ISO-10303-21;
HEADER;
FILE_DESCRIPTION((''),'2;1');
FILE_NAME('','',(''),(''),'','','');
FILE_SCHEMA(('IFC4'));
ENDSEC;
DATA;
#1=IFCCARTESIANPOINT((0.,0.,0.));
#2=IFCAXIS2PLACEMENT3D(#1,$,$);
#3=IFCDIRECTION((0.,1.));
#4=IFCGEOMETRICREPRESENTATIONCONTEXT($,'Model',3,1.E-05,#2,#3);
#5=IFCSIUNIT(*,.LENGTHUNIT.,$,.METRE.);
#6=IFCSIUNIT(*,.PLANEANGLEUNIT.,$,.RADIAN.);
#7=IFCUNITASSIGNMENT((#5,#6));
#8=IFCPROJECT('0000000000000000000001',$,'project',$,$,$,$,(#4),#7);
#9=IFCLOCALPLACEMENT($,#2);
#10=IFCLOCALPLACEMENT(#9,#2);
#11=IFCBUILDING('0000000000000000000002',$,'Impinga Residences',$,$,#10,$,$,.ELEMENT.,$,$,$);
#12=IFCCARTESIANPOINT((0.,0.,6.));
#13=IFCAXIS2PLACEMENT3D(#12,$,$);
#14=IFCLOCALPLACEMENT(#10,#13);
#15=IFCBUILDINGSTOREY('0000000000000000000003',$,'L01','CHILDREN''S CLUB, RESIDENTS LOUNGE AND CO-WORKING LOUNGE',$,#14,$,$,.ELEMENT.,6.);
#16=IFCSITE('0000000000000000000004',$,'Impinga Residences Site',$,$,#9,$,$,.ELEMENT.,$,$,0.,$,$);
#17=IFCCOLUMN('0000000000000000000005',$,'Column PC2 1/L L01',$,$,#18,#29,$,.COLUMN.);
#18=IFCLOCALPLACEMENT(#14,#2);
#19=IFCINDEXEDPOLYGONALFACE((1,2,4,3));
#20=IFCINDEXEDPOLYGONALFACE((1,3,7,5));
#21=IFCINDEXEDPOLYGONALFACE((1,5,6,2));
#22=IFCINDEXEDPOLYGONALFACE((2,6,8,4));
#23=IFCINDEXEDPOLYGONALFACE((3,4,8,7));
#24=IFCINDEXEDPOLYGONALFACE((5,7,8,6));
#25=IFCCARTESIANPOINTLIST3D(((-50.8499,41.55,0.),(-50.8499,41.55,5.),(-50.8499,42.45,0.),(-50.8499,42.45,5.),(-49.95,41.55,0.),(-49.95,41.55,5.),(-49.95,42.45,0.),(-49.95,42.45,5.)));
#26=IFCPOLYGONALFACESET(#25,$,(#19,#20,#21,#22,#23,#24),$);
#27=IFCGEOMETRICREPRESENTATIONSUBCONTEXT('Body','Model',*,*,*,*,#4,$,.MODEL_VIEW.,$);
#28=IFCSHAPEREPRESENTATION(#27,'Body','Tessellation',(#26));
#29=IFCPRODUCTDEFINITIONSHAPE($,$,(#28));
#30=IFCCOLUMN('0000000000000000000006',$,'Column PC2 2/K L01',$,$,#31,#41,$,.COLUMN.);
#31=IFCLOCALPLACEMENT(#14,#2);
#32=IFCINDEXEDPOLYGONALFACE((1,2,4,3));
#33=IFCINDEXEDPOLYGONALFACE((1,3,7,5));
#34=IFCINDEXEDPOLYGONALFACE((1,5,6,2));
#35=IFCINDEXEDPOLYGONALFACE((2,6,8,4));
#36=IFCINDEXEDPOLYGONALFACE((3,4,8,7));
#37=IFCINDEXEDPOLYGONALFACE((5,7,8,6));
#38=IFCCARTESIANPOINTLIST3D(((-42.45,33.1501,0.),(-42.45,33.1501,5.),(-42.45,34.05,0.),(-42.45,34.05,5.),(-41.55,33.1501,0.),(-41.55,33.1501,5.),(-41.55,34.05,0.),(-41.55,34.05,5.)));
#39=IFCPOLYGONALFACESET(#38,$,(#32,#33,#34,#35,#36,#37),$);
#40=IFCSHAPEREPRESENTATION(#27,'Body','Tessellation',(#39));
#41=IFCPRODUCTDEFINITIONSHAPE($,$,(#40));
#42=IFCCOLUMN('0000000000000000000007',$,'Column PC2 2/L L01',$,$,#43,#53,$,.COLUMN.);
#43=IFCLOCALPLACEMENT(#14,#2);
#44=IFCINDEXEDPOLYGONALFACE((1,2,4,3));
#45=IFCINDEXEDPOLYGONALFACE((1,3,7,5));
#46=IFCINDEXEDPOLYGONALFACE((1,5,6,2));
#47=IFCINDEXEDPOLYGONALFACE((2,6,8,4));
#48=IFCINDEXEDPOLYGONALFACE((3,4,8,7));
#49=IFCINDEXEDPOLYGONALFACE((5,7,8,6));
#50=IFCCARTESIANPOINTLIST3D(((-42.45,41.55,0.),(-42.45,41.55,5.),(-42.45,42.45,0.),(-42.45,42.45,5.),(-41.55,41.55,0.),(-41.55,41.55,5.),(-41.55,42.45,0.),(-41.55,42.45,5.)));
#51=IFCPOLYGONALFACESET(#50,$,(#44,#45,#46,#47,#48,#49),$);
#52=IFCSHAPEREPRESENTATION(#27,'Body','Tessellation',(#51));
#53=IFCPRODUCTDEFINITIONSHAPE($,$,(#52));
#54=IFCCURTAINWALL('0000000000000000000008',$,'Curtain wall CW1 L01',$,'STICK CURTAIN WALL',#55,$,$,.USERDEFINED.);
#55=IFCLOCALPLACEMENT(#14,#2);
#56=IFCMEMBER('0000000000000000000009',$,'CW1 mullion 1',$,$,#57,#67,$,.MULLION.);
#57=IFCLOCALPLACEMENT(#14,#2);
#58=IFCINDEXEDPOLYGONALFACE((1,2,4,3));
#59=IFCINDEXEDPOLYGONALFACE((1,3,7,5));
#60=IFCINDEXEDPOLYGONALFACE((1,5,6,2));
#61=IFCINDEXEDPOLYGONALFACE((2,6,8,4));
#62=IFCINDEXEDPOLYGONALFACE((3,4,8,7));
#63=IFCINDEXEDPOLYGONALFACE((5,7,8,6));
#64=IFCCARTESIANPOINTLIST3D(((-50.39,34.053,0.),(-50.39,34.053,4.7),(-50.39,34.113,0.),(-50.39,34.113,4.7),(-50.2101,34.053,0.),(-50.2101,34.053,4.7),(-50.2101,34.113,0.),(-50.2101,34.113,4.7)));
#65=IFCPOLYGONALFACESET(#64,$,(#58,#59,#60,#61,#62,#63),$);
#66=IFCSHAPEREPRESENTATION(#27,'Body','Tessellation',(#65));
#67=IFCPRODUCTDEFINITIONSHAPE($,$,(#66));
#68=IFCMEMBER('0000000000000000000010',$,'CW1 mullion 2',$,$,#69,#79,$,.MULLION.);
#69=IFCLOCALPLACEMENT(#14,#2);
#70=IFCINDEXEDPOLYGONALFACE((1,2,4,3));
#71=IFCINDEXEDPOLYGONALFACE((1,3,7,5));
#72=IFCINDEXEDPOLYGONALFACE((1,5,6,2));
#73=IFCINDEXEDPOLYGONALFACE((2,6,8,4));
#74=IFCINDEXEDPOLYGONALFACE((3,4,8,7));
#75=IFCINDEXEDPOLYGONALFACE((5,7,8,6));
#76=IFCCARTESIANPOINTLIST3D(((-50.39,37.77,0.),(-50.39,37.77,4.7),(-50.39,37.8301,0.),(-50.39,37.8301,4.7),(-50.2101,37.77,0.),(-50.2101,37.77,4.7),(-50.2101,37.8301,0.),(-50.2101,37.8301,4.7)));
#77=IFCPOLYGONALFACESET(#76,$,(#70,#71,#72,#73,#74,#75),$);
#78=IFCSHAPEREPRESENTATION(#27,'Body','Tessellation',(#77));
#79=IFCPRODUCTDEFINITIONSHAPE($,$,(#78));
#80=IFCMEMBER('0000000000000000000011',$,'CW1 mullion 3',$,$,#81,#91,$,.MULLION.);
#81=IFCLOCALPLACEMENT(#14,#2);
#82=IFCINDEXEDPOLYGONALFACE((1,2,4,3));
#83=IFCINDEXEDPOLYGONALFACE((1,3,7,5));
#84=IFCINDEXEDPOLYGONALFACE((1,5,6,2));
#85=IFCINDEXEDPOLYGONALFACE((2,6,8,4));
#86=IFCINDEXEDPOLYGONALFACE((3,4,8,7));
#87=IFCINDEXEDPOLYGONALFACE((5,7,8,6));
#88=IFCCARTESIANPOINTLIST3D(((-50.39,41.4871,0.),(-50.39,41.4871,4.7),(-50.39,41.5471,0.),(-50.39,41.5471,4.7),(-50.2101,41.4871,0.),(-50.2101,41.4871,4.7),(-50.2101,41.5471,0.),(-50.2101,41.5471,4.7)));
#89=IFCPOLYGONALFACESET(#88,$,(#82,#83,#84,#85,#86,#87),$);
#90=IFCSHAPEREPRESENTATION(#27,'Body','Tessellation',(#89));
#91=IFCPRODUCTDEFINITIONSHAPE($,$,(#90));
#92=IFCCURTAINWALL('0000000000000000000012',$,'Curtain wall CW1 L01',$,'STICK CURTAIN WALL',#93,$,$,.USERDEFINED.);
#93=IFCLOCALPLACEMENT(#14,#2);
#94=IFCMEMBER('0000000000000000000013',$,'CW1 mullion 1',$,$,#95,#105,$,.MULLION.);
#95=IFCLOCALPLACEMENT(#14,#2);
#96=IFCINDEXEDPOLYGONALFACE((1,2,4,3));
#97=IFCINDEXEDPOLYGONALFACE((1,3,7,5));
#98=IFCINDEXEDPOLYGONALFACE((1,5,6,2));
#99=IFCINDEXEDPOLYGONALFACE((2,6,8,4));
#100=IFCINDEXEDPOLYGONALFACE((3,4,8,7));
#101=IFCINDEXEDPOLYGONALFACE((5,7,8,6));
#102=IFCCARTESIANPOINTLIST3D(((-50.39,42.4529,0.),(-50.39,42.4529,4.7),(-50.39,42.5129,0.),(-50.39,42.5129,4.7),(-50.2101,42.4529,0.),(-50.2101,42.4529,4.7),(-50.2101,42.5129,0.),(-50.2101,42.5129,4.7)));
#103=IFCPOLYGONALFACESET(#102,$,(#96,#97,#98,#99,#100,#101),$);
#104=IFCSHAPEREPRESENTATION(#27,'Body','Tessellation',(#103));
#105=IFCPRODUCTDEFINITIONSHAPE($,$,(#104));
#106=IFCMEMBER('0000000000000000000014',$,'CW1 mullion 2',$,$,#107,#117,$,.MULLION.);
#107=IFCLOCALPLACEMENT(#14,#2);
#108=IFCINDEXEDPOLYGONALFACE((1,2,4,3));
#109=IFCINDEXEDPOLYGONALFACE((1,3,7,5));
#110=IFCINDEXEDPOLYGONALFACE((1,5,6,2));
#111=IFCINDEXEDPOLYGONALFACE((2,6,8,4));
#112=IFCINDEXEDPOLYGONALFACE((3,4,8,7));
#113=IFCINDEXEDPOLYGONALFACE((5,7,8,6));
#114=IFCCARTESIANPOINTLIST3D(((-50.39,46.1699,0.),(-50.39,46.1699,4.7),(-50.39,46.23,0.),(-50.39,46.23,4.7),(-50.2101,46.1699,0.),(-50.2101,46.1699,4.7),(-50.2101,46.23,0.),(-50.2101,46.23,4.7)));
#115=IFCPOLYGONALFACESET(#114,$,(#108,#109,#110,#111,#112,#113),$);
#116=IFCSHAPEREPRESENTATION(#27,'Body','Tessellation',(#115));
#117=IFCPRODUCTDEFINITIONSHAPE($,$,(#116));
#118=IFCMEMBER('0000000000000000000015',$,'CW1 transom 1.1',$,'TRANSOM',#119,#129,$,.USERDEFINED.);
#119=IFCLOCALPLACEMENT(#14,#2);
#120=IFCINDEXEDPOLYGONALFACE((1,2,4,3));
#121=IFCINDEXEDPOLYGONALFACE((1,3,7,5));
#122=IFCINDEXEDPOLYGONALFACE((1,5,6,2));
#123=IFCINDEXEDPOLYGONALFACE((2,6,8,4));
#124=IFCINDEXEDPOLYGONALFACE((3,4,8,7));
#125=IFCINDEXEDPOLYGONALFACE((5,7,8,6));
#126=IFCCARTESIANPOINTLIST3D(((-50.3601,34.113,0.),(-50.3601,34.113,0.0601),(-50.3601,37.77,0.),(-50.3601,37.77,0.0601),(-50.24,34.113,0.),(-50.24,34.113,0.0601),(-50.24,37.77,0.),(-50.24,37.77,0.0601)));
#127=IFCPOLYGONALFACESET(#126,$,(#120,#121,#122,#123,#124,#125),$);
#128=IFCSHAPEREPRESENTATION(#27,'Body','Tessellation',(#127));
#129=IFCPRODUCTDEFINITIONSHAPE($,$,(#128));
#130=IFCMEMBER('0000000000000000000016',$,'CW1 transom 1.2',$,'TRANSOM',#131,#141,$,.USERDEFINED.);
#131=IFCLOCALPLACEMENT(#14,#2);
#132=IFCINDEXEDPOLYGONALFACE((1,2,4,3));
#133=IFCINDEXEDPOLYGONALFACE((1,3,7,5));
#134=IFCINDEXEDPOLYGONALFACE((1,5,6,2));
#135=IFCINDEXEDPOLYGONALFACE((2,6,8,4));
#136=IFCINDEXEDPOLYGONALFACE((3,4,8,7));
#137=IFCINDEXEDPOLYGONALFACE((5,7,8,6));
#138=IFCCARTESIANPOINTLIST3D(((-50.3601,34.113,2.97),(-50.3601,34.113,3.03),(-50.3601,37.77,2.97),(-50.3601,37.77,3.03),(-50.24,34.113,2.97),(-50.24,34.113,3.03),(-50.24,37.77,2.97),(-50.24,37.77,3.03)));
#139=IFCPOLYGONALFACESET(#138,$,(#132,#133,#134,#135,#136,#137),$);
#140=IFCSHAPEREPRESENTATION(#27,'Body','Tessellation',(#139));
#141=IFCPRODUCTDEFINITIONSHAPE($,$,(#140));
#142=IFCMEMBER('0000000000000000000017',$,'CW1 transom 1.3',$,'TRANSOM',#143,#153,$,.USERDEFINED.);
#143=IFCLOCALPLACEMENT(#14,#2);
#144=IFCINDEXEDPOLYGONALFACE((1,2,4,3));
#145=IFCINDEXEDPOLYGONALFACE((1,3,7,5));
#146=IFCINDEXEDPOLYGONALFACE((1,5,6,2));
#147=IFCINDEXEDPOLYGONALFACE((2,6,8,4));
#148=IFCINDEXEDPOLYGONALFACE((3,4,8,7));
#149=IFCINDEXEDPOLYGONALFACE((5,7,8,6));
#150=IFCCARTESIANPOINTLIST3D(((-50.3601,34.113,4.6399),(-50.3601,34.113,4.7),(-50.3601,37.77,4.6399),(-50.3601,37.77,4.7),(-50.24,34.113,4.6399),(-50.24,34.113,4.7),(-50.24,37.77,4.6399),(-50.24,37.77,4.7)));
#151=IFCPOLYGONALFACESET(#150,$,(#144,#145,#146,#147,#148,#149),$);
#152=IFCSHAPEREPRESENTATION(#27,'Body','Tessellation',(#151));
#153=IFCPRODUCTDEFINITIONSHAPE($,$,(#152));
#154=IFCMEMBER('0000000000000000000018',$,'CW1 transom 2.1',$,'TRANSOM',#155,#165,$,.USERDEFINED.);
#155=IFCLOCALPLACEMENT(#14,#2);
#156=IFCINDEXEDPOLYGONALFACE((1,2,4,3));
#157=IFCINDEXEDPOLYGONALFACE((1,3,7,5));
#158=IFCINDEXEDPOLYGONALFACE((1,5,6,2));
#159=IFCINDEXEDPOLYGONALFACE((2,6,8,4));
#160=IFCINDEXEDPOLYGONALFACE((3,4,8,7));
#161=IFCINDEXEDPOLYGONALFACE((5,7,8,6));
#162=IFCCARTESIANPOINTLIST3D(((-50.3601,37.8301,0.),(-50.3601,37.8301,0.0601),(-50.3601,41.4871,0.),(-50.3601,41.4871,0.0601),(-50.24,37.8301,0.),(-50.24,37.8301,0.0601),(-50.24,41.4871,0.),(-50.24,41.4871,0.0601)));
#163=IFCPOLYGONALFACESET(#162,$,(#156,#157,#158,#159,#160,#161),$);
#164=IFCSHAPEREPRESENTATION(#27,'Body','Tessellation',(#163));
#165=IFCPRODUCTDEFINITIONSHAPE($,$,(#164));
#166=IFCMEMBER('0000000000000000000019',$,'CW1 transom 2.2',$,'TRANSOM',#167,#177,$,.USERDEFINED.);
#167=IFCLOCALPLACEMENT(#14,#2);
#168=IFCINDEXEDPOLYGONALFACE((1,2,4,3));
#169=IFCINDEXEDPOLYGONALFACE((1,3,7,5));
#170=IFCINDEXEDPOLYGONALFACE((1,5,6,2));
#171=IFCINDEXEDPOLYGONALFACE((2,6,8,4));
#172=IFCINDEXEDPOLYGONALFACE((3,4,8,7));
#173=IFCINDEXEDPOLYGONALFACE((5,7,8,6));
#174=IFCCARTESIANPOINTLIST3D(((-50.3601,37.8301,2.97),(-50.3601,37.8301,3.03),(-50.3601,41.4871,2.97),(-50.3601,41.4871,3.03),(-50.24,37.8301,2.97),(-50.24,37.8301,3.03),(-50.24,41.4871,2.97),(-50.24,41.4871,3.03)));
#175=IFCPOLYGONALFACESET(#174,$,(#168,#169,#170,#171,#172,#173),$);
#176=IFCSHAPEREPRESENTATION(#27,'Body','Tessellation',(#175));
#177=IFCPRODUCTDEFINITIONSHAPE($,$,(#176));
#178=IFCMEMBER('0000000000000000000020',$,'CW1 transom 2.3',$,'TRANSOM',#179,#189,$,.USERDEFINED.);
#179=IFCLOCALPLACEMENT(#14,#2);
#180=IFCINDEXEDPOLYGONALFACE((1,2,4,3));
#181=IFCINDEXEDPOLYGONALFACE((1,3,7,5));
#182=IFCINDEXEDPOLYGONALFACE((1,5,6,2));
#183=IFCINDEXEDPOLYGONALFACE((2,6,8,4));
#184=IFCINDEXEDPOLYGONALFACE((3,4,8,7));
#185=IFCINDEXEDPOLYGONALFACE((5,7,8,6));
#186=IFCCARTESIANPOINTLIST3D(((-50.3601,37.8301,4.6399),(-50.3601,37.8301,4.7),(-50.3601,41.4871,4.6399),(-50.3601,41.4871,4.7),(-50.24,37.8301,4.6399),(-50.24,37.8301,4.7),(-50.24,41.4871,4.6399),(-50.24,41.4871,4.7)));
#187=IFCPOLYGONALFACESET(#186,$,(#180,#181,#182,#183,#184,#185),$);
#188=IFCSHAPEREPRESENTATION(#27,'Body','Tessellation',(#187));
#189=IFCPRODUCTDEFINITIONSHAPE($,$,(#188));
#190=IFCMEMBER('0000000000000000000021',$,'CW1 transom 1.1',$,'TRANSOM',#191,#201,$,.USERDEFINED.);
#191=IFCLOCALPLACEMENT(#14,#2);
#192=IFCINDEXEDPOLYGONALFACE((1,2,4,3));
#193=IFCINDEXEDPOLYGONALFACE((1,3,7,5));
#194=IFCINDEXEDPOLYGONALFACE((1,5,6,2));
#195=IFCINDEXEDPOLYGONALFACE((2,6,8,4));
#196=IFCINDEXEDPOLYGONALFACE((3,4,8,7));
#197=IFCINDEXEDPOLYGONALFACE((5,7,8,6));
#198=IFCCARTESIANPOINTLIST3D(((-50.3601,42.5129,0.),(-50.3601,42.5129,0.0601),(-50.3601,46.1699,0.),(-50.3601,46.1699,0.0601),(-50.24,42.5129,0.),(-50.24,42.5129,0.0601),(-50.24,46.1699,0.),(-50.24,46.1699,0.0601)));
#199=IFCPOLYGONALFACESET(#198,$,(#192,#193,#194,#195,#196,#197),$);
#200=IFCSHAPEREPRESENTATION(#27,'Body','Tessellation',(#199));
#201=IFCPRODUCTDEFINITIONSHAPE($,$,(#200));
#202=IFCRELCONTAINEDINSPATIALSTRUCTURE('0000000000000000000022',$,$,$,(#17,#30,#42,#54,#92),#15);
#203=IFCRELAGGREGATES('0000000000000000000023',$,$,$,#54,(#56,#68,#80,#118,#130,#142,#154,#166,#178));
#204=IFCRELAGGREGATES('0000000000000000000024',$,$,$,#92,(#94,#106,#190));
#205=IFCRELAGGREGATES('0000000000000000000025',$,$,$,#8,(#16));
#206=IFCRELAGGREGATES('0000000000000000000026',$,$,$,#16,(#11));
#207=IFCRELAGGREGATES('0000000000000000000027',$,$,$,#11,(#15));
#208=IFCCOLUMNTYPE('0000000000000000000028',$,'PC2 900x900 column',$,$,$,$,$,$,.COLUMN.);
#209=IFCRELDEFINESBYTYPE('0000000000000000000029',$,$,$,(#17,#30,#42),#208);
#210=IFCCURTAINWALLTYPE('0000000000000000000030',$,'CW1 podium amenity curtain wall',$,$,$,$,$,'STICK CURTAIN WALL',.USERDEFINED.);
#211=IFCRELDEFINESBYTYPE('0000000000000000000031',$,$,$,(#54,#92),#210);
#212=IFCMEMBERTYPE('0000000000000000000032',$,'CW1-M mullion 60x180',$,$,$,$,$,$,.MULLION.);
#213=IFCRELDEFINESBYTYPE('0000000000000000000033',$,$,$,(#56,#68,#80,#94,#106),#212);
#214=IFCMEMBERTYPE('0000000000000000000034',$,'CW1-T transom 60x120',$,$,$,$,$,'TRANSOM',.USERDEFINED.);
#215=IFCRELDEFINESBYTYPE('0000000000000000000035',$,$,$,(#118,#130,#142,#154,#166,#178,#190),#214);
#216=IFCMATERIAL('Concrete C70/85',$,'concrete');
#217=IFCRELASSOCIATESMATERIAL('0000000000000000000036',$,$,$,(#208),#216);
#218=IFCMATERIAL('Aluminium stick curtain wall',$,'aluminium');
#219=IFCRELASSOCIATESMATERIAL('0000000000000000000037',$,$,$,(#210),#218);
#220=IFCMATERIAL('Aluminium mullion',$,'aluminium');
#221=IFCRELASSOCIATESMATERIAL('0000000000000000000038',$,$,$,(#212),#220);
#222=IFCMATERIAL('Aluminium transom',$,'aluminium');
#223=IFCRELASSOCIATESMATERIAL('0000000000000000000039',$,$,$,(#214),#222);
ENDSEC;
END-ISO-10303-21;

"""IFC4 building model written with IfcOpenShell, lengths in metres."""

from ifc_helpers import new_model, si_unit, direction, frame, origin, origin_2d, place, context, subcontext, project, spatial, rectangle, extrude, material, material_profile, profile_set, type_object, element, aggregate, save


model = new_model("IFC4")

# Units and contexts
model_context = context("Model", 3, precision=1e-05, world=origin(), true_north=direction((0.0, 1.0)))
body_context = subcontext(model_context, "Body", "Model", "MODEL_VIEW")
ifc_project = project(units=[si_unit("LENGTHUNIT", "METRE"), si_unit("PLANEANGLEUNIT", "RADIAN")], contexts=[model_context])

# Site, building, storey
site_placement = place(None, origin())
site = spatial("IfcSite", under=ifc_project, at=site_placement, Name="Impinga Residences Site", CompositionType="ELEMENT", RefElevation=0.0)
building_placement = place(site_placement, origin())
building = spatial("IfcBuilding", under=site, at=building_placement, Name="Impinga Residences", CompositionType="ELEMENT")
storey_placement = place(building_placement, frame((0.0, 0.0, 6.0)))
storey = spatial("IfcBuildingStorey", under=building, at=storey_placement, Name="L01", Description="CHILDREN'S CLUB, RESIDENTS LOUNGE AND CO-WORKING LOUNGE", CompositionType="ELEMENT", Elevation=6.0)

# Columns
ifc_material_1 = material(Name="Concrete C70/85", Category="concrete")
ifc_material_profile_1 = material_profile(ifc_material_1, rectangle(XDim=0.8999, YDim=0.8999, at=origin_2d()), Name="RC 900x900")
ifc_profile_set_1 = profile_set([ifc_material_profile_1], Name="Concrete C70/85")
column_type = type_object("IfcColumnType", Name="PC2 900x900 column", PredefinedType="COLUMN", material=ifc_profile_set_1)
for number, where, z_axis, x_axis, name in (
    (1, (-50.3999, 42.0, 0.0), (0.0, 0.0, 1.0), (1.0, 0.0, 0.0), "Column PC2 1/L L01"),
    (2, (-42.0, 33.6001, 0.0), (0.0, 0.0, 1.0), (1.0, 0.0, 0.0), "Column PC2 2/K L01"),
    (3, (-42.0, 42.0, 0.0), (0.0, 0.0, 1.0), (1.0, 0.0, 0.0), "Column PC2 2/L L01"),
):
    element("IfcColumn", number, at=place(storey_placement, frame(where, z_axis=z_axis, x_axis=x_axis)), inside=storey, type_object=column_type, Name=name, PredefinedType="COLUMN", context=body_context, shape_type="SweptSolid", body=[
        extrude(rectangle(XDim=0.8999, YDim=0.8999, at=origin_2d()), origin(), (0.0, 0.0, 1.0), 5.0),
    ])

# Curtain walls, members
ifc_material_2 = material(Name="Aluminium stick curtain wall", Category="aluminium")
curtain_wall_type = type_object("IfcCurtainWallType", Name="CW1 podium amenity curtain wall", ElementType="STICK CURTAIN WALL", PredefinedType="USERDEFINED", material=ifc_material_2)
curtain_wall_1_placement = place(storey_placement, origin())
curtain_wall_1 = element("IfcCurtainWall", 4, at=curtain_wall_1_placement, inside=storey, type_object=curtain_wall_type, Name="Curtain wall CW1 L01", ObjectType="STICK CURTAIN WALL", PredefinedType="USERDEFINED")
ifc_material_3 = material(Name="Aluminium mullion", Category="aluminium")
ifc_material_profile_2 = material_profile(ifc_material_3, rectangle(XDim=0.0601, YDim=0.1799, at=origin_2d()), Name="60x180 mullion")
ifc_profile_set_2 = profile_set([ifc_material_profile_2], Name="Aluminium mullion")
member_type_1 = type_object("IfcMemberType", Name="CW1-M mullion 60x180", PredefinedType="MULLION", material=ifc_profile_set_2)
member_1_placement = place(storey_placement, frame((-50.3, 34.083, 0.0), z_axis=(0.0, 0.0, 1.0), x_axis=(0.0, 1.0, 0.0)))
member_1 = element("IfcMember", 5, at=member_1_placement, type_object=member_type_1, Name="CW1 mullion 1", PredefinedType="MULLION", context=body_context, shape_type="SweptSolid", body=[
    extrude(rectangle(XDim=0.0601, YDim=0.1799, at=origin_2d()), origin(), (0.0, 0.0, 1.0), 4.7),
])
member_2_placement = place(storey_placement, frame((-50.3, 37.8, 0.0), z_axis=(0.0, 0.0, 1.0), x_axis=(0.0, 1.0, 0.0)))
member_2 = element("IfcMember", 6, at=member_2_placement, type_object=member_type_1, Name="CW1 mullion 2", PredefinedType="MULLION", context=body_context, shape_type="SweptSolid", body=[
    extrude(rectangle(XDim=0.0601, YDim=0.1799, at=origin_2d()), origin(), (0.0, 0.0, 1.0), 4.7),
])
member_3_placement = place(storey_placement, frame((-50.3, 41.5171, 0.0), z_axis=(0.0, 0.0, 1.0), x_axis=(0.0, 1.0, 0.0)))
member_3 = element("IfcMember", 7, at=member_3_placement, type_object=member_type_1, Name="CW1 mullion 3", PredefinedType="MULLION", context=body_context, shape_type="SweptSolid", body=[
    extrude(rectangle(XDim=0.0601, YDim=0.1799, at=origin_2d()), origin(), (0.0, 0.0, 1.0), 4.7),
])
curtain_wall_2_placement = place(storey_placement, origin())
curtain_wall_2 = element("IfcCurtainWall", 8, at=curtain_wall_2_placement, inside=storey, type_object=curtain_wall_type, Name="Curtain wall CW1 L01", ObjectType="STICK CURTAIN WALL", PredefinedType="USERDEFINED")
member_4_placement = place(storey_placement, frame((-50.3, 42.4829, 0.0), z_axis=(0.0, 0.0, 1.0), x_axis=(0.0, 1.0, 0.0)))
member_4 = element("IfcMember", 9, at=member_4_placement, type_object=member_type_1, Name="CW1 mullion 1", PredefinedType="MULLION", context=body_context, shape_type="SweptSolid", body=[
    extrude(rectangle(XDim=0.0601, YDim=0.1799, at=origin_2d()), origin(), (0.0, 0.0, 1.0), 4.7),
])
member_5_placement = place(storey_placement, frame((-50.3, 46.2, 0.0), z_axis=(0.0, 0.0, 1.0), x_axis=(0.0, 1.0, 0.0)))
member_5 = element("IfcMember", 10, at=member_5_placement, type_object=member_type_1, Name="CW1 mullion 2", PredefinedType="MULLION", context=body_context, shape_type="SweptSolid", body=[
    extrude(rectangle(XDim=0.0601, YDim=0.1799, at=origin_2d()), origin(), (0.0, 0.0, 1.0), 4.7),
])

# Members
ifc_material_4 = material(Name="Aluminium transom", Category="aluminium")
ifc_material_profile_3 = material_profile(ifc_material_4, rectangle(XDim=0.0601, YDim=0.1201, at=origin_2d()), Name="60x120 transom")
ifc_profile_set_3 = profile_set([ifc_material_profile_3], Name="Aluminium transom")
member_type_2 = type_object("IfcMemberType", Name="CW1-T transom 60x120", ElementType="TRANSOM", PredefinedType="USERDEFINED", material=ifc_profile_set_3)
member_6_placement = place(storey_placement, frame((-50.3, 34.113, 0.03), z_axis=(0.0, 1.0, 0.0), x_axis=(0.0, 0.0, 1.0)))
member_6 = element("IfcMember", 11, at=member_6_placement, type_object=member_type_2, Name="CW1 transom 1.1", ObjectType="TRANSOM", PredefinedType="USERDEFINED", context=body_context, shape_type="SweptSolid", body=[
    extrude(rectangle(XDim=0.0601, YDim=0.1201, at=origin_2d()), origin(), (0.0, 0.0, 1.0), 3.657),
])
member_7_placement = place(storey_placement, frame((-50.3, 34.113, 3.0), z_axis=(0.0, 1.0, 0.0), x_axis=(0.0, 0.0, 1.0)))
member_7 = element("IfcMember", 12, at=member_7_placement, type_object=member_type_2, Name="CW1 transom 1.2", ObjectType="TRANSOM", PredefinedType="USERDEFINED", context=body_context, shape_type="SweptSolid", body=[
    extrude(rectangle(XDim=0.0601, YDim=0.1201, at=origin_2d()), origin(), (0.0, 0.0, 1.0), 3.657),
])
member_8_placement = place(storey_placement, frame((-50.3, 34.113, 4.6699), z_axis=(0.0, 1.0, 0.0), x_axis=(0.0, 0.0, 1.0)))
member_8 = element("IfcMember", 13, at=member_8_placement, type_object=member_type_2, Name="CW1 transom 1.3", ObjectType="TRANSOM", PredefinedType="USERDEFINED", context=body_context, shape_type="SweptSolid", body=[
    extrude(rectangle(XDim=0.0601, YDim=0.1201, at=origin_2d()), origin(), (0.0, 0.0, 1.0), 3.657),
])
member_9_placement = place(storey_placement, frame((-50.3, 37.8301, 0.03), z_axis=(0.0, 1.0, 0.0), x_axis=(0.0, 0.0, 1.0)))
member_9 = element("IfcMember", 14, at=member_9_placement, type_object=member_type_2, Name="CW1 transom 2.1", ObjectType="TRANSOM", PredefinedType="USERDEFINED", context=body_context, shape_type="SweptSolid", body=[
    extrude(rectangle(XDim=0.0601, YDim=0.1201, at=origin_2d()), origin(), (0.0, 0.0, 1.0), 3.657),
])
member_10_placement = place(storey_placement, frame((-50.3, 37.8301, 3.0), z_axis=(0.0, 1.0, 0.0), x_axis=(0.0, 0.0, 1.0)))
member_10 = element("IfcMember", 15, at=member_10_placement, type_object=member_type_2, Name="CW1 transom 2.2", ObjectType="TRANSOM", PredefinedType="USERDEFINED", context=body_context, shape_type="SweptSolid", body=[
    extrude(rectangle(XDim=0.0601, YDim=0.1201, at=origin_2d()), origin(), (0.0, 0.0, 1.0), 3.657),
])
member_11_placement = place(storey_placement, frame((-50.3, 37.8301, 4.6699), z_axis=(0.0, 1.0, 0.0), x_axis=(0.0, 0.0, 1.0)))
member_11 = element("IfcMember", 16, at=member_11_placement, type_object=member_type_2, Name="CW1 transom 2.3", ObjectType="TRANSOM", PredefinedType="USERDEFINED", context=body_context, shape_type="SweptSolid", body=[
    extrude(rectangle(XDim=0.0601, YDim=0.1201, at=origin_2d()), origin(), (0.0, 0.0, 1.0), 3.657),
])
member_12_placement = place(storey_placement, frame((-50.3, 42.5129, 0.03), z_axis=(0.0, 1.0, 0.0), x_axis=(0.0, 0.0, 1.0)))
member_12 = element("IfcMember", 17, at=member_12_placement, type_object=member_type_2, Name="CW1 transom 1.1", ObjectType="TRANSOM", PredefinedType="USERDEFINED", context=body_context, shape_type="SweptSolid", body=[
    extrude(rectangle(XDim=0.0601, YDim=0.1201, at=origin_2d()), origin(), (0.0, 0.0, 1.0), 3.657),
])

aggregate(curtain_wall_1, [member_1, member_2, member_3, member_6, member_7, member_8, member_9, member_10, member_11])
aggregate(curtain_wall_2, [member_4, member_5, member_12])

save(model, "model.ifc")
